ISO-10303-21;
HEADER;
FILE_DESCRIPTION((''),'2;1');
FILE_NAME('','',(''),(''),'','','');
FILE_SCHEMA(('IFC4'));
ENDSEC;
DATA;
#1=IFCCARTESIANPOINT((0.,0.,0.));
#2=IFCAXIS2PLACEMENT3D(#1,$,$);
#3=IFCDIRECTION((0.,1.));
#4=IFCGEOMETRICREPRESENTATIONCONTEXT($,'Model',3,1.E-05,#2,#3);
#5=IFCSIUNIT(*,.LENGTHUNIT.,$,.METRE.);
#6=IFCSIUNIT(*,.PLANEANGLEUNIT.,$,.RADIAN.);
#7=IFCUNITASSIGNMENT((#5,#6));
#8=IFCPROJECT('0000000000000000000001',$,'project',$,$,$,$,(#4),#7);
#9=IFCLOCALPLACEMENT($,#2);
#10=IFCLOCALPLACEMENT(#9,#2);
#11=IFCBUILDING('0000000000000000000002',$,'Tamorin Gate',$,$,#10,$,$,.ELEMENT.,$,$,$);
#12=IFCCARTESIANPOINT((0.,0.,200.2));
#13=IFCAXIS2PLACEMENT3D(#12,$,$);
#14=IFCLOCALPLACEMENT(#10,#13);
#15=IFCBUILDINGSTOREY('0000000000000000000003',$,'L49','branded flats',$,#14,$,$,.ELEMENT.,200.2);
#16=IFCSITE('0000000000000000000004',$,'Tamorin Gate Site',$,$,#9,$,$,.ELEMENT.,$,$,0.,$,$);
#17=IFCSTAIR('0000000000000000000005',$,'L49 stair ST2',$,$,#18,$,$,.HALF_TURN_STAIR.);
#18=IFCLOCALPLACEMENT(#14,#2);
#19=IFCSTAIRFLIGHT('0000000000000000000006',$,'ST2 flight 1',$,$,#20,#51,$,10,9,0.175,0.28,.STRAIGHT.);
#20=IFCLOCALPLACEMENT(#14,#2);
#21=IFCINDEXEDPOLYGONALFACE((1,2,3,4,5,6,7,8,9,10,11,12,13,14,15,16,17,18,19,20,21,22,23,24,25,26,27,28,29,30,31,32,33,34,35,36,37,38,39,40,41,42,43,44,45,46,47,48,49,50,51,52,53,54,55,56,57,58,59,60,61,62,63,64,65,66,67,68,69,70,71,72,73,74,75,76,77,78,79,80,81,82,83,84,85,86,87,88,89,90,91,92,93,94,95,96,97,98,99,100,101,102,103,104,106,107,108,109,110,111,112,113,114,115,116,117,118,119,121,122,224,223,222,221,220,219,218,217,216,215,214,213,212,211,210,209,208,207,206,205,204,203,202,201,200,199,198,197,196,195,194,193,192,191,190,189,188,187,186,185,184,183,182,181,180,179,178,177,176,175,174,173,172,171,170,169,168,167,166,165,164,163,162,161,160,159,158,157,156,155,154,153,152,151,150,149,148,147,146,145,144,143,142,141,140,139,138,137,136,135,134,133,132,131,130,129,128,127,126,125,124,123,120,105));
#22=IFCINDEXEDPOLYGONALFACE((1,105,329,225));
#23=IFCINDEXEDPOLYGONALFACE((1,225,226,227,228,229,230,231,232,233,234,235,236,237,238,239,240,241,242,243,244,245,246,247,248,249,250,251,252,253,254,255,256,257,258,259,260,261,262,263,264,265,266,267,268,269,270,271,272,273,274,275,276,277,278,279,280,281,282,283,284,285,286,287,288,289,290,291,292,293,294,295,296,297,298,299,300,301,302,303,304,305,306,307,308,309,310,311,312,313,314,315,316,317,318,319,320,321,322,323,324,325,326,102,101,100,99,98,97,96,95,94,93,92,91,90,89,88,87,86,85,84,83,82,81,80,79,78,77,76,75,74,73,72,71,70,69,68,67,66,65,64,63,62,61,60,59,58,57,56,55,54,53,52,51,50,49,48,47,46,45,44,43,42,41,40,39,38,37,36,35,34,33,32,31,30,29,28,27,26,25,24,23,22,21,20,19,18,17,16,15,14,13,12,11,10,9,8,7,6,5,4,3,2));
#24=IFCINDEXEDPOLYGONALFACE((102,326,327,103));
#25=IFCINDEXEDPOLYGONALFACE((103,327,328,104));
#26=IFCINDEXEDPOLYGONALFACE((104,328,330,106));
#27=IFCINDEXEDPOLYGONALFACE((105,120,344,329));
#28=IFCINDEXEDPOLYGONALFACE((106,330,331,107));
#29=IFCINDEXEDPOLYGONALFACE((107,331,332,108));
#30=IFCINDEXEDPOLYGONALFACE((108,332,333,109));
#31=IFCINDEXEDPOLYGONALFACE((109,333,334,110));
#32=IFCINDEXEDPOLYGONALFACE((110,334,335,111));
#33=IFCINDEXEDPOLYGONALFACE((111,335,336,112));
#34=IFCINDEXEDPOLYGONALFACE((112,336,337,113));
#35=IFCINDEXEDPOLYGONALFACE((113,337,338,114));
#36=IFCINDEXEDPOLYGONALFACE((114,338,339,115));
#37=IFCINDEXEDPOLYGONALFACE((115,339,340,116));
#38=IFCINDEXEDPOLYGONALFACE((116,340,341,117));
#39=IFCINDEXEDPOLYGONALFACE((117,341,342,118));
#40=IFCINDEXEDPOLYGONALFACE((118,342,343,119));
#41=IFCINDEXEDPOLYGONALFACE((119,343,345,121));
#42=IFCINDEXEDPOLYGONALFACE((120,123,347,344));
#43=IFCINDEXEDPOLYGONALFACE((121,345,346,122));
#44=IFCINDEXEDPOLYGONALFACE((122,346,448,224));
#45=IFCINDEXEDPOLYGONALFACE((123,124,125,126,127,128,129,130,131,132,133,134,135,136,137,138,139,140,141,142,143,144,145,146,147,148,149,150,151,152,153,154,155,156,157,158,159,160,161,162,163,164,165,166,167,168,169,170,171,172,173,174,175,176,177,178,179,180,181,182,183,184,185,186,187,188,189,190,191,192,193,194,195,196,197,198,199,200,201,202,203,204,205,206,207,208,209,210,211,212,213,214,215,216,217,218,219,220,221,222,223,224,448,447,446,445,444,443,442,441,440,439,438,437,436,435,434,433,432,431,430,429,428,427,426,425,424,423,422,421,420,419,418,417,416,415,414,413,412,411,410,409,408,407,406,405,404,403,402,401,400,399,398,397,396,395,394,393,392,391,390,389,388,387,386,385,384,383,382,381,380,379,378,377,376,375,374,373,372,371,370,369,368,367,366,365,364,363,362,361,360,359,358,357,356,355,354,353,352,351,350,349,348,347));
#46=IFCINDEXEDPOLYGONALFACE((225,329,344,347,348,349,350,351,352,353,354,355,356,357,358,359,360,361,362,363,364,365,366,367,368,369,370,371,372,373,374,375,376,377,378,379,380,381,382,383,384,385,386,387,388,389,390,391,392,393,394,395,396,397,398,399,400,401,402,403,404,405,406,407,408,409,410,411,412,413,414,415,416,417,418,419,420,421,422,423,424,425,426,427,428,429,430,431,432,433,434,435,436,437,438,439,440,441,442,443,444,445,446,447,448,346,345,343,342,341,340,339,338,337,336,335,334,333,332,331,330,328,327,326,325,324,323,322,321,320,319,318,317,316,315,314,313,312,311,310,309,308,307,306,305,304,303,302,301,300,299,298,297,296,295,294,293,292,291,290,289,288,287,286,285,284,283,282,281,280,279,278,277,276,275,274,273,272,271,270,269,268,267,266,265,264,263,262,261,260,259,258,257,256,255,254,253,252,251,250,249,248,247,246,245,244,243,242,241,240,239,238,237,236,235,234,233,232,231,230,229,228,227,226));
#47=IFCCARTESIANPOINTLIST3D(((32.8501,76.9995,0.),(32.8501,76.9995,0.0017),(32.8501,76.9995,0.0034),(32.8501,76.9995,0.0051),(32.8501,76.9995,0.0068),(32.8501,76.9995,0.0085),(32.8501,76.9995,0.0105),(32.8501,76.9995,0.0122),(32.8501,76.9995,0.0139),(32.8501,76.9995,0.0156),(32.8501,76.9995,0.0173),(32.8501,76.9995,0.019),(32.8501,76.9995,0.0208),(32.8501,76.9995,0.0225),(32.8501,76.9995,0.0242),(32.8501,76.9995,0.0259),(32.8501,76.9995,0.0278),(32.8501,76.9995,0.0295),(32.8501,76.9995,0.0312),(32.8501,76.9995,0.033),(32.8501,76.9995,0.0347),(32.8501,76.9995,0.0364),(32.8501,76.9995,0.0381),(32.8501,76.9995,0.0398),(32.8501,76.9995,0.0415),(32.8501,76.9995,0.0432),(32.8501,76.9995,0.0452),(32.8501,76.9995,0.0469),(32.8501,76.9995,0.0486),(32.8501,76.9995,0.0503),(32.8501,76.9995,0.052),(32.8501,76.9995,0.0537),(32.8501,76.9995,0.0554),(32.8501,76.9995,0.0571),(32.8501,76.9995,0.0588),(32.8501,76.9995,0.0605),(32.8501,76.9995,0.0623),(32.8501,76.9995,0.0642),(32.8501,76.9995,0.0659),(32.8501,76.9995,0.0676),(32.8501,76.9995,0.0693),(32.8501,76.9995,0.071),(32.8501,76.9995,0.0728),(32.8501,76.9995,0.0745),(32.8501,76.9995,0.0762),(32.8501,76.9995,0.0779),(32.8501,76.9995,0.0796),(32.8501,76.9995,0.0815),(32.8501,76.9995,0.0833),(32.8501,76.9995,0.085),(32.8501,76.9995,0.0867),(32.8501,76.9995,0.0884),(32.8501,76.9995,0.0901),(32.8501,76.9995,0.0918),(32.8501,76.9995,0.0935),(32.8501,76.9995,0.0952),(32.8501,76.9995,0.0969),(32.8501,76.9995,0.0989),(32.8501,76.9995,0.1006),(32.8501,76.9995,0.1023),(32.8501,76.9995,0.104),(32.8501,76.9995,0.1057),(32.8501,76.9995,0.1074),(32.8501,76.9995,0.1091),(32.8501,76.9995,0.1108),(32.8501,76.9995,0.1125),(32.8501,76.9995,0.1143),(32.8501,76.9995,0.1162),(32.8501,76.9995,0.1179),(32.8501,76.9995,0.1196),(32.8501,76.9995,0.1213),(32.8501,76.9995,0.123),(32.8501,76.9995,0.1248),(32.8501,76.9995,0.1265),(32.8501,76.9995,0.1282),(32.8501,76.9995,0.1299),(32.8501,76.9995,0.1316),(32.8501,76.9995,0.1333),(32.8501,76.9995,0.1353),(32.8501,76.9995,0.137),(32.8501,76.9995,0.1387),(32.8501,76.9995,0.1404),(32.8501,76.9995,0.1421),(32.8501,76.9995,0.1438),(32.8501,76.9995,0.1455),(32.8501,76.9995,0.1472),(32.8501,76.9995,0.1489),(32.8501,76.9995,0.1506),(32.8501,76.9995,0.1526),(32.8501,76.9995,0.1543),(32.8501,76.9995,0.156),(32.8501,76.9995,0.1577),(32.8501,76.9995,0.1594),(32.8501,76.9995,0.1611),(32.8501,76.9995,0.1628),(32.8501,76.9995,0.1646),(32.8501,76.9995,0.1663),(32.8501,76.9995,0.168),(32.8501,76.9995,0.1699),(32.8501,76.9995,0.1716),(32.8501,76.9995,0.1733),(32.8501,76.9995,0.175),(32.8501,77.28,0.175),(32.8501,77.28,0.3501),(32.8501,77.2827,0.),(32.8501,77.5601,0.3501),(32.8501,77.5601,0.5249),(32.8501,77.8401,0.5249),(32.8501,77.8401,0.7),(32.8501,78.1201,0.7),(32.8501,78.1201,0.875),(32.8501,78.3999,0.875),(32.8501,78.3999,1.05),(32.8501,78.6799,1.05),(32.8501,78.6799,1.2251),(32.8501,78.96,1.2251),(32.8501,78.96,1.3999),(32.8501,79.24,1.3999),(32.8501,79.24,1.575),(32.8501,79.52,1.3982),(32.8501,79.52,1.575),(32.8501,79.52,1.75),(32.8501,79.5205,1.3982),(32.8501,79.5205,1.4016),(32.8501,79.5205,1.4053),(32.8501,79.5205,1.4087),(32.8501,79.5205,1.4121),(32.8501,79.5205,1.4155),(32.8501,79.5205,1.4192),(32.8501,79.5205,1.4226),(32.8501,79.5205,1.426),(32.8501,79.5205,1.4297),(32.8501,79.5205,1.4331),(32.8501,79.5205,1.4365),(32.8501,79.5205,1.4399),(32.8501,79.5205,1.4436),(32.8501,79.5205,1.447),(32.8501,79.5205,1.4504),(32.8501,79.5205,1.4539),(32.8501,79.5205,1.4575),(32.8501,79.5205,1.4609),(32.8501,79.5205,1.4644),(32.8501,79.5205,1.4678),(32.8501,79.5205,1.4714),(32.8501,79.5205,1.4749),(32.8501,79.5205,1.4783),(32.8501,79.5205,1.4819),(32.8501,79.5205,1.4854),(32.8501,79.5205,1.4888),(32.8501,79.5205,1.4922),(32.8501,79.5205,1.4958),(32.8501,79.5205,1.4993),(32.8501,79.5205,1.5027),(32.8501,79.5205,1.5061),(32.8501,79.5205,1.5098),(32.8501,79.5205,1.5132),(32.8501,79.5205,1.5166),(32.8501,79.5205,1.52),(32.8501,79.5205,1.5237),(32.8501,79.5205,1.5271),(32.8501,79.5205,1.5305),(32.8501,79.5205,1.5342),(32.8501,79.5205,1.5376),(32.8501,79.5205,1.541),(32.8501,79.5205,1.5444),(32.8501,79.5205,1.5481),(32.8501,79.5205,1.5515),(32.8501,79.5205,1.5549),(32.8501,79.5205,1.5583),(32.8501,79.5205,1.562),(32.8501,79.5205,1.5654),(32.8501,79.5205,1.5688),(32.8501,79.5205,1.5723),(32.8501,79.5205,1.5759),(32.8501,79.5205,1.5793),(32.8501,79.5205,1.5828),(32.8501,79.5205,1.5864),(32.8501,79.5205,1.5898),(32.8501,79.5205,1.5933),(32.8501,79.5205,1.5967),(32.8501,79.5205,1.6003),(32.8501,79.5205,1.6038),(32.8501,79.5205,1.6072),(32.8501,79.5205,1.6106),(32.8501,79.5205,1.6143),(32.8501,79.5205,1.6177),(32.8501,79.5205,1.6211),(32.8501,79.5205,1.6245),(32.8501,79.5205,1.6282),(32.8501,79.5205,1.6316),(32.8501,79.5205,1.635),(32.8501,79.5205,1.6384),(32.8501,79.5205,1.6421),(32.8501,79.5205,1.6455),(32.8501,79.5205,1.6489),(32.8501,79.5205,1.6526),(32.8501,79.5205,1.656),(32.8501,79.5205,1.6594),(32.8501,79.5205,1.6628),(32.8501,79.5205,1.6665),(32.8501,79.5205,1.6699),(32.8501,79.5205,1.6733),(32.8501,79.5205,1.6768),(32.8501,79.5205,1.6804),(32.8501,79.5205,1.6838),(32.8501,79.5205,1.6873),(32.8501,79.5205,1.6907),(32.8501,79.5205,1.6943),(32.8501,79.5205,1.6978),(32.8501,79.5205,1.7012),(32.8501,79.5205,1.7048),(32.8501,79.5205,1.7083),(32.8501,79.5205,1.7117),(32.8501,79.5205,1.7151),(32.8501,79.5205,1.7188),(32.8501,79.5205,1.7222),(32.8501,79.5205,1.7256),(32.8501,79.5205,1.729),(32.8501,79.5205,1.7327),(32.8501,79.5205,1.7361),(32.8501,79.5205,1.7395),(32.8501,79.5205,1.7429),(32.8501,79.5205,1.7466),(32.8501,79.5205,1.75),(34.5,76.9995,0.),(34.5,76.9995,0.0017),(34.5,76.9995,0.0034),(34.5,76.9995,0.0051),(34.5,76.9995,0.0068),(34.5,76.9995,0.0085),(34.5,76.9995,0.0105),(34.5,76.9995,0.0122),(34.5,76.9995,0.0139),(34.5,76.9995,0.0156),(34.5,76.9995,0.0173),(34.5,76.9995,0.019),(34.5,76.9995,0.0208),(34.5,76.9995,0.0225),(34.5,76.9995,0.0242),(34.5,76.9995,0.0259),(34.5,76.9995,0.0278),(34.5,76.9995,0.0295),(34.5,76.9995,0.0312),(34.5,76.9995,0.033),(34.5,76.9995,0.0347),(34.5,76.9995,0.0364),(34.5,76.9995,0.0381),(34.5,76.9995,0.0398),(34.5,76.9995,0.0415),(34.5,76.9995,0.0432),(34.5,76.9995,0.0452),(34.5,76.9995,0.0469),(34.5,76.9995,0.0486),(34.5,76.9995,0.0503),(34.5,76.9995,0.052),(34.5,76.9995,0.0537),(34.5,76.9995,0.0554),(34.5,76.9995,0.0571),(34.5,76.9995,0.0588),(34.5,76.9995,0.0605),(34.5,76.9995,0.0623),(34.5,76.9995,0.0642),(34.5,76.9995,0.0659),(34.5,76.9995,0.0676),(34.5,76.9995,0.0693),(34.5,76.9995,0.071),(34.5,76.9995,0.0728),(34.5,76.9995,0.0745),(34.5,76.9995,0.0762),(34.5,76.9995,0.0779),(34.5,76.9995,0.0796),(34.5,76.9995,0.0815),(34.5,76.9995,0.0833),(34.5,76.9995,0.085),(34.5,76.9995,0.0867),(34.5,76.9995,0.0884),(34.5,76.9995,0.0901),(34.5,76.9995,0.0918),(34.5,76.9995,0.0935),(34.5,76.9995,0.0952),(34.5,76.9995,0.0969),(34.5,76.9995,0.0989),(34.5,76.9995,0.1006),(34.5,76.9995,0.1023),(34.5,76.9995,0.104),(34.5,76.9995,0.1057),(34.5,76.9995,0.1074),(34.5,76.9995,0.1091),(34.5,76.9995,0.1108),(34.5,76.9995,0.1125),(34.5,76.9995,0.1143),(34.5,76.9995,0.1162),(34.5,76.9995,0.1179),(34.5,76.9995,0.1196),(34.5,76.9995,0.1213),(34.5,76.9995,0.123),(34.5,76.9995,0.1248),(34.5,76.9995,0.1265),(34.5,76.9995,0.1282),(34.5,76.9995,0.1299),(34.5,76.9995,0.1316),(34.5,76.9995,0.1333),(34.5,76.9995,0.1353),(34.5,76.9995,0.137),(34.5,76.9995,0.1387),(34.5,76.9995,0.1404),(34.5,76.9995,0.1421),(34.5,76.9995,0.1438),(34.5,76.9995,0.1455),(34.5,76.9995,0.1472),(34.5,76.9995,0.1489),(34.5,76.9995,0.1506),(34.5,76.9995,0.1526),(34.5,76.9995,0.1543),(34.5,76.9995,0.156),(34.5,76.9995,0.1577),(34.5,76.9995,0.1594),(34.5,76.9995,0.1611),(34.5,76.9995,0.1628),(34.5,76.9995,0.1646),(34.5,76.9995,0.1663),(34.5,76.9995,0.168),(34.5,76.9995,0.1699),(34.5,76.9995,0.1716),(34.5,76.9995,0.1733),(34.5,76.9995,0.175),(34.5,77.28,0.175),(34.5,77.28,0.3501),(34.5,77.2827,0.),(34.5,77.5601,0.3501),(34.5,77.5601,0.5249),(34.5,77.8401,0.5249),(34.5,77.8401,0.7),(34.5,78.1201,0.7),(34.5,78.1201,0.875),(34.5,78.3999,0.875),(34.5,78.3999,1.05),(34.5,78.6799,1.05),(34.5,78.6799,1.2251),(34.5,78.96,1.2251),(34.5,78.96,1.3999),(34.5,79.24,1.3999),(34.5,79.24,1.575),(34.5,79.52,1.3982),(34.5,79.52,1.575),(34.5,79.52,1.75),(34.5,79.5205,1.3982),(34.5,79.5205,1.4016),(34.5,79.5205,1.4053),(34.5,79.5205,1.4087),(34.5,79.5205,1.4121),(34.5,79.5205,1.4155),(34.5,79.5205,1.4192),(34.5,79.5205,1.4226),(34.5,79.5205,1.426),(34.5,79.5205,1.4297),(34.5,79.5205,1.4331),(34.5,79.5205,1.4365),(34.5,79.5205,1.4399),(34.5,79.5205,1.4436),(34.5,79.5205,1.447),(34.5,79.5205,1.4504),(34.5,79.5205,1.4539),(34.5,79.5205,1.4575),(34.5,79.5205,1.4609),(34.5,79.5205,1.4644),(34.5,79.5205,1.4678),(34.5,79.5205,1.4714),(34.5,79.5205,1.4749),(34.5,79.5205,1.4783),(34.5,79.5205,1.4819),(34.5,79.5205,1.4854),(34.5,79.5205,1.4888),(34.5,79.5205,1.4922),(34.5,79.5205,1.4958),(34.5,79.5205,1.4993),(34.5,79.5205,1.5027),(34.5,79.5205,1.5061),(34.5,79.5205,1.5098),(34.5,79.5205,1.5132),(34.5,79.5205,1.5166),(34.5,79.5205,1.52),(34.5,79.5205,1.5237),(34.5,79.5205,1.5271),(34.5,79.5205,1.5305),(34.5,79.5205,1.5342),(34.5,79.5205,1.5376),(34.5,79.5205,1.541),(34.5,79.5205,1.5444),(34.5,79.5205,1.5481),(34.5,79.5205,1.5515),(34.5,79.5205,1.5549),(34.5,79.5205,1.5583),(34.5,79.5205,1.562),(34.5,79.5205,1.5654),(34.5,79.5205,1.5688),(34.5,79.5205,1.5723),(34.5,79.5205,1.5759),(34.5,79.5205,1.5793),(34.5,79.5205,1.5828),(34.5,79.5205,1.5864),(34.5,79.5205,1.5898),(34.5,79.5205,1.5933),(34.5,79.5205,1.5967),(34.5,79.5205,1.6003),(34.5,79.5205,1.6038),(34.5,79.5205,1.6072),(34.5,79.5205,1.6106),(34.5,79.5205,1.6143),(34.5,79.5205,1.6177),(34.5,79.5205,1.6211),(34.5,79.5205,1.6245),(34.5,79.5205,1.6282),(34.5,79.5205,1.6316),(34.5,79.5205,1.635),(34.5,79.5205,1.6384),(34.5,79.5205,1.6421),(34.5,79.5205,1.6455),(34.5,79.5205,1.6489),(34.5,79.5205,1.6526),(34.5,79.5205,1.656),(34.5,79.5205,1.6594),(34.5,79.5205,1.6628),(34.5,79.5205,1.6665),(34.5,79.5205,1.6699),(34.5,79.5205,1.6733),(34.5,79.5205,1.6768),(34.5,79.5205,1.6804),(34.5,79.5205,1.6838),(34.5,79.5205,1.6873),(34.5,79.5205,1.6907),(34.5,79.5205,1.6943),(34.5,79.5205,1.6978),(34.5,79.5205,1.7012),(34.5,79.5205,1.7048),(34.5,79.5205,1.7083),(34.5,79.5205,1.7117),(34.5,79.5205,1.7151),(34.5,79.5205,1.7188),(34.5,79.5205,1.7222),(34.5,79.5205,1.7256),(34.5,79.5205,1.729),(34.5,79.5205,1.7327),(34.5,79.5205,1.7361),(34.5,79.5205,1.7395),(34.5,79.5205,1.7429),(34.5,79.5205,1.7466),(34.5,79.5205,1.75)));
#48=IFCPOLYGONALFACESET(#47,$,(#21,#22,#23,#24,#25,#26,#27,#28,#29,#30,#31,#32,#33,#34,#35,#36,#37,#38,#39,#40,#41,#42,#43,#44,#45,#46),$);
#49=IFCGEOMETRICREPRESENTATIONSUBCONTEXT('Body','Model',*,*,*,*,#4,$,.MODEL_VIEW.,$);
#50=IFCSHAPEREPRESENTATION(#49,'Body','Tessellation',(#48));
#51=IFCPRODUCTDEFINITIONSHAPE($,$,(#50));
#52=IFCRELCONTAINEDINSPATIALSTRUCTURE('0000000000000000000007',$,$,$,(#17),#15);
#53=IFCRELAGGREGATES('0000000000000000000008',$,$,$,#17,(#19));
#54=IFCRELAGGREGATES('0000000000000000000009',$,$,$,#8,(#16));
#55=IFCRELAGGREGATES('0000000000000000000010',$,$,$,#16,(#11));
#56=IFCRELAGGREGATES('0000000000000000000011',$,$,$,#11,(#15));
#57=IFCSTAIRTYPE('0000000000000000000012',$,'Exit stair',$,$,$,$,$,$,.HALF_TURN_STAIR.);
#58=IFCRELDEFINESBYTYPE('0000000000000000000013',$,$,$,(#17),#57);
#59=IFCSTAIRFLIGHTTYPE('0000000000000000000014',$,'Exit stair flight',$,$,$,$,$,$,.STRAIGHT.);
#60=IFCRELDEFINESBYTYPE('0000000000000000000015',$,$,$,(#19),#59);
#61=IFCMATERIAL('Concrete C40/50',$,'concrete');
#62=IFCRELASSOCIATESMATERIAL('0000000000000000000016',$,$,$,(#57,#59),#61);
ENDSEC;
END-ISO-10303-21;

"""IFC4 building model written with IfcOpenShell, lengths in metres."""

from ifc_helpers import new_model, si_unit, direction, frame, origin, place, context, subcontext, project, spatial, polyline, outline, extrude, material, type_object, element, aggregate, save


model = new_model("IFC4")

# Units and contexts
model_context = context("Model", 3, precision=1e-05, world=origin(), true_north=direction((0.0, 1.0)))
body_context = subcontext(model_context, "Body", "Model", "MODEL_VIEW")
ifc_project = project(units=[si_unit("LENGTHUNIT", "METRE"), si_unit("PLANEANGLEUNIT", "RADIAN")], contexts=[model_context])

# Site, building, storey
site_placement = place(None, origin())
site = spatial("IfcSite", under=ifc_project, at=site_placement, Name="Tamorin Gate Site", CompositionType="ELEMENT", RefElevation=0.0)
building_placement = place(site_placement, origin())
building = spatial("IfcBuilding", under=site, at=building_placement, Name="Tamorin Gate", CompositionType="ELEMENT")
storey_placement = place(building_placement, frame((0.0, 0.0, 200.2)))
storey = spatial("IfcBuildingStorey", under=building, at=storey_placement, Name="L49", Description="branded flats", CompositionType="ELEMENT", Elevation=200.2)

# Shared definitions
ifc_material_1 = material(Name="Concrete C40/50", Category="concrete")

# Shared definitions
stair_type = type_object("IfcStairType", Name="Exit stair", PredefinedType="HALF_TURN_STAIR", material=ifc_material_1)
stair_flight_type = type_object("IfcStairFlightType", Name="Exit stair flight", PredefinedType="STRAIGHT", material=ifc_material_1)

# Stair, stair flight
stair_1_placement = place(storey_placement, origin())
stair_1 = element("IfcStair", 1, at=stair_1_placement, inside=storey, type_object=stair_type, Name="L49 stair ST2", PredefinedType="HALF_TURN_STAIR")
stair_flight_1_placement = place(storey_placement, frame((33.675, 77.0, 0.0), z_axis=(0.0, 0.0, 1.0), x_axis=(0.0, 1.0, 0.0)))
stair_flight_1 = element("IfcStairFlight", 2, at=stair_flight_1_placement, type_object=stair_flight_type, Name="ST2 flight 1", NumberOfRisers=10, NumberOfTreads=9, PredefinedType="STRAIGHT", RiserHeight=0.175, TreadLength=0.28, context=body_context, shape_type="SweptSolid", body=[
    extrude(outline(polyline([(-0.0005, 0.0), (-0.0005, 0.0017), (-0.0005, 0.0034), (-0.0005, 0.0051), (-0.0005, 0.0068), (-0.0005, 0.0085), (-0.0005, 0.0105), (-0.0005, 0.0122), (-0.0005, 0.0139), (-0.0005, 0.0156), (-0.0005, 0.0173), (-0.0005, 0.019), (-0.0005, 0.0208), (-0.0005, 0.0225), (-0.0005, 0.0242), (-0.0005, 0.0259), (-0.0005, 0.0278), (-0.0005, 0.0295), (-0.0005, 0.0312), (-0.0005, 0.033), (-0.0005, 0.0347), (-0.0005, 0.0364), (-0.0005, 0.0381), (-0.0005, 0.0398), (-0.0005, 0.0415), (-0.0005, 0.0432), (-0.0005, 0.0452), (-0.0005, 0.0469), (-0.0005, 0.0486), (-0.0005, 0.0503), (-0.0005, 0.052), (-0.0005, 0.0537), (-0.0005, 0.0554), (-0.0005, 0.0571), (-0.0005, 0.0588), (-0.0005, 0.0605), (-0.0005, 0.0623), (-0.0005, 0.0642), (-0.0005, 0.0659), (-0.0005, 0.0676), (-0.0005, 0.0693), (-0.0005, 0.071), (-0.0005, 0.0728), (-0.0005, 0.0745), (-0.0005, 0.0762), (-0.0005, 0.0779), (-0.0005, 0.0796), (-0.0005, 0.0815), (-0.0005, 0.0833), (-0.0005, 0.085), (-0.0005, 0.0867), (-0.0005, 0.0884), (-0.0005, 0.0901), (-0.0005, 0.0918), (-0.0005, 0.0935), (-0.0005, 0.0952), (-0.0005, 0.0969), (-0.0005, 0.0989), (-0.0005, 0.1006), (-0.0005, 0.1023), (-0.0005, 0.104), (-0.0005, 0.1057), (-0.0005, 0.1074), (-0.0005, 0.1091), (-0.0005, 0.1108), (-0.0005, 0.1125), (-0.0005, 0.1143), (-0.0005, 0.1162), (-0.0005, 0.1179), (-0.0005, 0.1196), (-0.0005, 0.1213), (-0.0005, 0.123), (-0.0005, 0.1248), (-0.0005, 0.1265), (-0.0005, 0.1282), (-0.0005, 0.1299), (-0.0005, 0.1316), (-0.0005, 0.1333), (-0.0005, 0.1353), (-0.0005, 0.137), (-0.0005, 0.1387), (-0.0005, 0.1404), (-0.0005, 0.1421), (-0.0005, 0.1438), (-0.0005, 0.1455), (-0.0005, 0.1472), (-0.0005, 0.1489), (-0.0005, 0.1506), (-0.0005, 0.1526), (-0.0005, 0.1543), (-0.0005, 0.156), (-0.0005, 0.1577), (-0.0005, 0.1594), (-0.0005, 0.1611), (-0.0005, 0.1628), (-0.0005, 0.1646), (-0.0005, 0.1663), (-0.0005, 0.168), (-0.0005, 0.1699), (-0.0005, 0.1716), (-0.0005, 0.1733), (-0.0005, 0.175), (0.28, 0.175), (0.28, 0.3501), (0.5601, 0.3501), (0.5601, 0.5249), (0.8401, 0.5249), (0.8401, 0.7), (1.1201, 0.7), (1.1201, 0.875), (1.3999, 0.875), (1.3999, 1.05), (1.6799, 1.05), (1.6799, 1.2251), (1.96, 1.2251), (1.96, 1.3999), (2.24, 1.3999), (2.24, 1.575), (2.52, 1.575), (2.52, 1.75), (2.5205, 1.75), (2.5205, 1.7466), (2.5205, 1.7429), (2.5205, 1.7395), (2.5205, 1.7361), (2.5205, 1.7327), (2.5205, 1.729), (2.5205, 1.7256), (2.5205, 1.7222), (2.5205, 1.7188), (2.5205, 1.7151), (2.5205, 1.7117), (2.5205, 1.7083), (2.5205, 1.7048), (2.5205, 1.7012), (2.5205, 1.6978), (2.5205, 1.6943), (2.5205, 1.6907), (2.5205, 1.6873), (2.5205, 1.6838), (2.5205, 1.6804), (2.5205, 1.6768), (2.5205, 1.6733), (2.5205, 1.6699), (2.5205, 1.6665), (2.5205, 1.6628), (2.5205, 1.6594), (2.5205, 1.656), (2.5205, 1.6526), (2.5205, 1.6489), (2.5205, 1.6455), (2.5205, 1.6421), (2.5205, 1.6384), (2.5205, 1.635), (2.5205, 1.6316), (2.5205, 1.6282), (2.5205, 1.6245), (2.5205, 1.6211), (2.5205, 1.6177), (2.5205, 1.6143), (2.5205, 1.6106), (2.5205, 1.6072), (2.5205, 1.6038), (2.5205, 1.6003), (2.5205, 1.5967), (2.5205, 1.5933), (2.5205, 1.5898), (2.5205, 1.5864), (2.5205, 1.5828), (2.5205, 1.5793), (2.5205, 1.5759), (2.5205, 1.5723), (2.5205, 1.5688), (2.5205, 1.5654), (2.5205, 1.562), (2.5205, 1.5583), (2.5205, 1.5549), (2.5205, 1.5515), (2.5205, 1.5481), (2.5205, 1.5444), (2.5205, 1.541), (2.5205, 1.5376), (2.5205, 1.5342), (2.5205, 1.5305), (2.5205, 1.5271), (2.5205, 1.5237), (2.5205, 1.52), (2.5205, 1.5166), (2.5205, 1.5132), (2.5205, 1.5098), (2.5205, 1.5061), (2.5205, 1.5027), (2.5205, 1.4993), (2.5205, 1.4958), (2.5205, 1.4922), (2.5205, 1.4888), (2.5205, 1.4854), (2.5205, 1.4819), (2.5205, 1.4783), (2.5205, 1.4749), (2.5205, 1.4714), (2.5205, 1.4678), (2.5205, 1.4644), (2.5205, 1.4609), (2.5205, 1.4575), (2.5205, 1.4539), (2.5205, 1.4504), (2.5205, 1.447), (2.5205, 1.4436), (2.5205, 1.4399), (2.5205, 1.4365), (2.5205, 1.4331), (2.5205, 1.4297), (2.5205, 1.426), (2.5205, 1.4226), (2.5205, 1.4192), (2.5205, 1.4155), (2.5205, 1.4121), (2.5205, 1.4087), (2.5205, 1.4053), (2.5205, 1.4016), (2.5205, 1.3982), (2.52, 1.3982), (0.2827, 0.0), (-0.0005, 0.0)])), frame((0.0, 0.825, 0.0), z_axis=(0.0, -1.0, 0.0), x_axis=(1.0, 0.0, 0.0)), (0.0, 0.0, 1.0), 1.6499),
])
aggregate(stair_1, [stair_flight_1])

save(model, "model.ifc")
